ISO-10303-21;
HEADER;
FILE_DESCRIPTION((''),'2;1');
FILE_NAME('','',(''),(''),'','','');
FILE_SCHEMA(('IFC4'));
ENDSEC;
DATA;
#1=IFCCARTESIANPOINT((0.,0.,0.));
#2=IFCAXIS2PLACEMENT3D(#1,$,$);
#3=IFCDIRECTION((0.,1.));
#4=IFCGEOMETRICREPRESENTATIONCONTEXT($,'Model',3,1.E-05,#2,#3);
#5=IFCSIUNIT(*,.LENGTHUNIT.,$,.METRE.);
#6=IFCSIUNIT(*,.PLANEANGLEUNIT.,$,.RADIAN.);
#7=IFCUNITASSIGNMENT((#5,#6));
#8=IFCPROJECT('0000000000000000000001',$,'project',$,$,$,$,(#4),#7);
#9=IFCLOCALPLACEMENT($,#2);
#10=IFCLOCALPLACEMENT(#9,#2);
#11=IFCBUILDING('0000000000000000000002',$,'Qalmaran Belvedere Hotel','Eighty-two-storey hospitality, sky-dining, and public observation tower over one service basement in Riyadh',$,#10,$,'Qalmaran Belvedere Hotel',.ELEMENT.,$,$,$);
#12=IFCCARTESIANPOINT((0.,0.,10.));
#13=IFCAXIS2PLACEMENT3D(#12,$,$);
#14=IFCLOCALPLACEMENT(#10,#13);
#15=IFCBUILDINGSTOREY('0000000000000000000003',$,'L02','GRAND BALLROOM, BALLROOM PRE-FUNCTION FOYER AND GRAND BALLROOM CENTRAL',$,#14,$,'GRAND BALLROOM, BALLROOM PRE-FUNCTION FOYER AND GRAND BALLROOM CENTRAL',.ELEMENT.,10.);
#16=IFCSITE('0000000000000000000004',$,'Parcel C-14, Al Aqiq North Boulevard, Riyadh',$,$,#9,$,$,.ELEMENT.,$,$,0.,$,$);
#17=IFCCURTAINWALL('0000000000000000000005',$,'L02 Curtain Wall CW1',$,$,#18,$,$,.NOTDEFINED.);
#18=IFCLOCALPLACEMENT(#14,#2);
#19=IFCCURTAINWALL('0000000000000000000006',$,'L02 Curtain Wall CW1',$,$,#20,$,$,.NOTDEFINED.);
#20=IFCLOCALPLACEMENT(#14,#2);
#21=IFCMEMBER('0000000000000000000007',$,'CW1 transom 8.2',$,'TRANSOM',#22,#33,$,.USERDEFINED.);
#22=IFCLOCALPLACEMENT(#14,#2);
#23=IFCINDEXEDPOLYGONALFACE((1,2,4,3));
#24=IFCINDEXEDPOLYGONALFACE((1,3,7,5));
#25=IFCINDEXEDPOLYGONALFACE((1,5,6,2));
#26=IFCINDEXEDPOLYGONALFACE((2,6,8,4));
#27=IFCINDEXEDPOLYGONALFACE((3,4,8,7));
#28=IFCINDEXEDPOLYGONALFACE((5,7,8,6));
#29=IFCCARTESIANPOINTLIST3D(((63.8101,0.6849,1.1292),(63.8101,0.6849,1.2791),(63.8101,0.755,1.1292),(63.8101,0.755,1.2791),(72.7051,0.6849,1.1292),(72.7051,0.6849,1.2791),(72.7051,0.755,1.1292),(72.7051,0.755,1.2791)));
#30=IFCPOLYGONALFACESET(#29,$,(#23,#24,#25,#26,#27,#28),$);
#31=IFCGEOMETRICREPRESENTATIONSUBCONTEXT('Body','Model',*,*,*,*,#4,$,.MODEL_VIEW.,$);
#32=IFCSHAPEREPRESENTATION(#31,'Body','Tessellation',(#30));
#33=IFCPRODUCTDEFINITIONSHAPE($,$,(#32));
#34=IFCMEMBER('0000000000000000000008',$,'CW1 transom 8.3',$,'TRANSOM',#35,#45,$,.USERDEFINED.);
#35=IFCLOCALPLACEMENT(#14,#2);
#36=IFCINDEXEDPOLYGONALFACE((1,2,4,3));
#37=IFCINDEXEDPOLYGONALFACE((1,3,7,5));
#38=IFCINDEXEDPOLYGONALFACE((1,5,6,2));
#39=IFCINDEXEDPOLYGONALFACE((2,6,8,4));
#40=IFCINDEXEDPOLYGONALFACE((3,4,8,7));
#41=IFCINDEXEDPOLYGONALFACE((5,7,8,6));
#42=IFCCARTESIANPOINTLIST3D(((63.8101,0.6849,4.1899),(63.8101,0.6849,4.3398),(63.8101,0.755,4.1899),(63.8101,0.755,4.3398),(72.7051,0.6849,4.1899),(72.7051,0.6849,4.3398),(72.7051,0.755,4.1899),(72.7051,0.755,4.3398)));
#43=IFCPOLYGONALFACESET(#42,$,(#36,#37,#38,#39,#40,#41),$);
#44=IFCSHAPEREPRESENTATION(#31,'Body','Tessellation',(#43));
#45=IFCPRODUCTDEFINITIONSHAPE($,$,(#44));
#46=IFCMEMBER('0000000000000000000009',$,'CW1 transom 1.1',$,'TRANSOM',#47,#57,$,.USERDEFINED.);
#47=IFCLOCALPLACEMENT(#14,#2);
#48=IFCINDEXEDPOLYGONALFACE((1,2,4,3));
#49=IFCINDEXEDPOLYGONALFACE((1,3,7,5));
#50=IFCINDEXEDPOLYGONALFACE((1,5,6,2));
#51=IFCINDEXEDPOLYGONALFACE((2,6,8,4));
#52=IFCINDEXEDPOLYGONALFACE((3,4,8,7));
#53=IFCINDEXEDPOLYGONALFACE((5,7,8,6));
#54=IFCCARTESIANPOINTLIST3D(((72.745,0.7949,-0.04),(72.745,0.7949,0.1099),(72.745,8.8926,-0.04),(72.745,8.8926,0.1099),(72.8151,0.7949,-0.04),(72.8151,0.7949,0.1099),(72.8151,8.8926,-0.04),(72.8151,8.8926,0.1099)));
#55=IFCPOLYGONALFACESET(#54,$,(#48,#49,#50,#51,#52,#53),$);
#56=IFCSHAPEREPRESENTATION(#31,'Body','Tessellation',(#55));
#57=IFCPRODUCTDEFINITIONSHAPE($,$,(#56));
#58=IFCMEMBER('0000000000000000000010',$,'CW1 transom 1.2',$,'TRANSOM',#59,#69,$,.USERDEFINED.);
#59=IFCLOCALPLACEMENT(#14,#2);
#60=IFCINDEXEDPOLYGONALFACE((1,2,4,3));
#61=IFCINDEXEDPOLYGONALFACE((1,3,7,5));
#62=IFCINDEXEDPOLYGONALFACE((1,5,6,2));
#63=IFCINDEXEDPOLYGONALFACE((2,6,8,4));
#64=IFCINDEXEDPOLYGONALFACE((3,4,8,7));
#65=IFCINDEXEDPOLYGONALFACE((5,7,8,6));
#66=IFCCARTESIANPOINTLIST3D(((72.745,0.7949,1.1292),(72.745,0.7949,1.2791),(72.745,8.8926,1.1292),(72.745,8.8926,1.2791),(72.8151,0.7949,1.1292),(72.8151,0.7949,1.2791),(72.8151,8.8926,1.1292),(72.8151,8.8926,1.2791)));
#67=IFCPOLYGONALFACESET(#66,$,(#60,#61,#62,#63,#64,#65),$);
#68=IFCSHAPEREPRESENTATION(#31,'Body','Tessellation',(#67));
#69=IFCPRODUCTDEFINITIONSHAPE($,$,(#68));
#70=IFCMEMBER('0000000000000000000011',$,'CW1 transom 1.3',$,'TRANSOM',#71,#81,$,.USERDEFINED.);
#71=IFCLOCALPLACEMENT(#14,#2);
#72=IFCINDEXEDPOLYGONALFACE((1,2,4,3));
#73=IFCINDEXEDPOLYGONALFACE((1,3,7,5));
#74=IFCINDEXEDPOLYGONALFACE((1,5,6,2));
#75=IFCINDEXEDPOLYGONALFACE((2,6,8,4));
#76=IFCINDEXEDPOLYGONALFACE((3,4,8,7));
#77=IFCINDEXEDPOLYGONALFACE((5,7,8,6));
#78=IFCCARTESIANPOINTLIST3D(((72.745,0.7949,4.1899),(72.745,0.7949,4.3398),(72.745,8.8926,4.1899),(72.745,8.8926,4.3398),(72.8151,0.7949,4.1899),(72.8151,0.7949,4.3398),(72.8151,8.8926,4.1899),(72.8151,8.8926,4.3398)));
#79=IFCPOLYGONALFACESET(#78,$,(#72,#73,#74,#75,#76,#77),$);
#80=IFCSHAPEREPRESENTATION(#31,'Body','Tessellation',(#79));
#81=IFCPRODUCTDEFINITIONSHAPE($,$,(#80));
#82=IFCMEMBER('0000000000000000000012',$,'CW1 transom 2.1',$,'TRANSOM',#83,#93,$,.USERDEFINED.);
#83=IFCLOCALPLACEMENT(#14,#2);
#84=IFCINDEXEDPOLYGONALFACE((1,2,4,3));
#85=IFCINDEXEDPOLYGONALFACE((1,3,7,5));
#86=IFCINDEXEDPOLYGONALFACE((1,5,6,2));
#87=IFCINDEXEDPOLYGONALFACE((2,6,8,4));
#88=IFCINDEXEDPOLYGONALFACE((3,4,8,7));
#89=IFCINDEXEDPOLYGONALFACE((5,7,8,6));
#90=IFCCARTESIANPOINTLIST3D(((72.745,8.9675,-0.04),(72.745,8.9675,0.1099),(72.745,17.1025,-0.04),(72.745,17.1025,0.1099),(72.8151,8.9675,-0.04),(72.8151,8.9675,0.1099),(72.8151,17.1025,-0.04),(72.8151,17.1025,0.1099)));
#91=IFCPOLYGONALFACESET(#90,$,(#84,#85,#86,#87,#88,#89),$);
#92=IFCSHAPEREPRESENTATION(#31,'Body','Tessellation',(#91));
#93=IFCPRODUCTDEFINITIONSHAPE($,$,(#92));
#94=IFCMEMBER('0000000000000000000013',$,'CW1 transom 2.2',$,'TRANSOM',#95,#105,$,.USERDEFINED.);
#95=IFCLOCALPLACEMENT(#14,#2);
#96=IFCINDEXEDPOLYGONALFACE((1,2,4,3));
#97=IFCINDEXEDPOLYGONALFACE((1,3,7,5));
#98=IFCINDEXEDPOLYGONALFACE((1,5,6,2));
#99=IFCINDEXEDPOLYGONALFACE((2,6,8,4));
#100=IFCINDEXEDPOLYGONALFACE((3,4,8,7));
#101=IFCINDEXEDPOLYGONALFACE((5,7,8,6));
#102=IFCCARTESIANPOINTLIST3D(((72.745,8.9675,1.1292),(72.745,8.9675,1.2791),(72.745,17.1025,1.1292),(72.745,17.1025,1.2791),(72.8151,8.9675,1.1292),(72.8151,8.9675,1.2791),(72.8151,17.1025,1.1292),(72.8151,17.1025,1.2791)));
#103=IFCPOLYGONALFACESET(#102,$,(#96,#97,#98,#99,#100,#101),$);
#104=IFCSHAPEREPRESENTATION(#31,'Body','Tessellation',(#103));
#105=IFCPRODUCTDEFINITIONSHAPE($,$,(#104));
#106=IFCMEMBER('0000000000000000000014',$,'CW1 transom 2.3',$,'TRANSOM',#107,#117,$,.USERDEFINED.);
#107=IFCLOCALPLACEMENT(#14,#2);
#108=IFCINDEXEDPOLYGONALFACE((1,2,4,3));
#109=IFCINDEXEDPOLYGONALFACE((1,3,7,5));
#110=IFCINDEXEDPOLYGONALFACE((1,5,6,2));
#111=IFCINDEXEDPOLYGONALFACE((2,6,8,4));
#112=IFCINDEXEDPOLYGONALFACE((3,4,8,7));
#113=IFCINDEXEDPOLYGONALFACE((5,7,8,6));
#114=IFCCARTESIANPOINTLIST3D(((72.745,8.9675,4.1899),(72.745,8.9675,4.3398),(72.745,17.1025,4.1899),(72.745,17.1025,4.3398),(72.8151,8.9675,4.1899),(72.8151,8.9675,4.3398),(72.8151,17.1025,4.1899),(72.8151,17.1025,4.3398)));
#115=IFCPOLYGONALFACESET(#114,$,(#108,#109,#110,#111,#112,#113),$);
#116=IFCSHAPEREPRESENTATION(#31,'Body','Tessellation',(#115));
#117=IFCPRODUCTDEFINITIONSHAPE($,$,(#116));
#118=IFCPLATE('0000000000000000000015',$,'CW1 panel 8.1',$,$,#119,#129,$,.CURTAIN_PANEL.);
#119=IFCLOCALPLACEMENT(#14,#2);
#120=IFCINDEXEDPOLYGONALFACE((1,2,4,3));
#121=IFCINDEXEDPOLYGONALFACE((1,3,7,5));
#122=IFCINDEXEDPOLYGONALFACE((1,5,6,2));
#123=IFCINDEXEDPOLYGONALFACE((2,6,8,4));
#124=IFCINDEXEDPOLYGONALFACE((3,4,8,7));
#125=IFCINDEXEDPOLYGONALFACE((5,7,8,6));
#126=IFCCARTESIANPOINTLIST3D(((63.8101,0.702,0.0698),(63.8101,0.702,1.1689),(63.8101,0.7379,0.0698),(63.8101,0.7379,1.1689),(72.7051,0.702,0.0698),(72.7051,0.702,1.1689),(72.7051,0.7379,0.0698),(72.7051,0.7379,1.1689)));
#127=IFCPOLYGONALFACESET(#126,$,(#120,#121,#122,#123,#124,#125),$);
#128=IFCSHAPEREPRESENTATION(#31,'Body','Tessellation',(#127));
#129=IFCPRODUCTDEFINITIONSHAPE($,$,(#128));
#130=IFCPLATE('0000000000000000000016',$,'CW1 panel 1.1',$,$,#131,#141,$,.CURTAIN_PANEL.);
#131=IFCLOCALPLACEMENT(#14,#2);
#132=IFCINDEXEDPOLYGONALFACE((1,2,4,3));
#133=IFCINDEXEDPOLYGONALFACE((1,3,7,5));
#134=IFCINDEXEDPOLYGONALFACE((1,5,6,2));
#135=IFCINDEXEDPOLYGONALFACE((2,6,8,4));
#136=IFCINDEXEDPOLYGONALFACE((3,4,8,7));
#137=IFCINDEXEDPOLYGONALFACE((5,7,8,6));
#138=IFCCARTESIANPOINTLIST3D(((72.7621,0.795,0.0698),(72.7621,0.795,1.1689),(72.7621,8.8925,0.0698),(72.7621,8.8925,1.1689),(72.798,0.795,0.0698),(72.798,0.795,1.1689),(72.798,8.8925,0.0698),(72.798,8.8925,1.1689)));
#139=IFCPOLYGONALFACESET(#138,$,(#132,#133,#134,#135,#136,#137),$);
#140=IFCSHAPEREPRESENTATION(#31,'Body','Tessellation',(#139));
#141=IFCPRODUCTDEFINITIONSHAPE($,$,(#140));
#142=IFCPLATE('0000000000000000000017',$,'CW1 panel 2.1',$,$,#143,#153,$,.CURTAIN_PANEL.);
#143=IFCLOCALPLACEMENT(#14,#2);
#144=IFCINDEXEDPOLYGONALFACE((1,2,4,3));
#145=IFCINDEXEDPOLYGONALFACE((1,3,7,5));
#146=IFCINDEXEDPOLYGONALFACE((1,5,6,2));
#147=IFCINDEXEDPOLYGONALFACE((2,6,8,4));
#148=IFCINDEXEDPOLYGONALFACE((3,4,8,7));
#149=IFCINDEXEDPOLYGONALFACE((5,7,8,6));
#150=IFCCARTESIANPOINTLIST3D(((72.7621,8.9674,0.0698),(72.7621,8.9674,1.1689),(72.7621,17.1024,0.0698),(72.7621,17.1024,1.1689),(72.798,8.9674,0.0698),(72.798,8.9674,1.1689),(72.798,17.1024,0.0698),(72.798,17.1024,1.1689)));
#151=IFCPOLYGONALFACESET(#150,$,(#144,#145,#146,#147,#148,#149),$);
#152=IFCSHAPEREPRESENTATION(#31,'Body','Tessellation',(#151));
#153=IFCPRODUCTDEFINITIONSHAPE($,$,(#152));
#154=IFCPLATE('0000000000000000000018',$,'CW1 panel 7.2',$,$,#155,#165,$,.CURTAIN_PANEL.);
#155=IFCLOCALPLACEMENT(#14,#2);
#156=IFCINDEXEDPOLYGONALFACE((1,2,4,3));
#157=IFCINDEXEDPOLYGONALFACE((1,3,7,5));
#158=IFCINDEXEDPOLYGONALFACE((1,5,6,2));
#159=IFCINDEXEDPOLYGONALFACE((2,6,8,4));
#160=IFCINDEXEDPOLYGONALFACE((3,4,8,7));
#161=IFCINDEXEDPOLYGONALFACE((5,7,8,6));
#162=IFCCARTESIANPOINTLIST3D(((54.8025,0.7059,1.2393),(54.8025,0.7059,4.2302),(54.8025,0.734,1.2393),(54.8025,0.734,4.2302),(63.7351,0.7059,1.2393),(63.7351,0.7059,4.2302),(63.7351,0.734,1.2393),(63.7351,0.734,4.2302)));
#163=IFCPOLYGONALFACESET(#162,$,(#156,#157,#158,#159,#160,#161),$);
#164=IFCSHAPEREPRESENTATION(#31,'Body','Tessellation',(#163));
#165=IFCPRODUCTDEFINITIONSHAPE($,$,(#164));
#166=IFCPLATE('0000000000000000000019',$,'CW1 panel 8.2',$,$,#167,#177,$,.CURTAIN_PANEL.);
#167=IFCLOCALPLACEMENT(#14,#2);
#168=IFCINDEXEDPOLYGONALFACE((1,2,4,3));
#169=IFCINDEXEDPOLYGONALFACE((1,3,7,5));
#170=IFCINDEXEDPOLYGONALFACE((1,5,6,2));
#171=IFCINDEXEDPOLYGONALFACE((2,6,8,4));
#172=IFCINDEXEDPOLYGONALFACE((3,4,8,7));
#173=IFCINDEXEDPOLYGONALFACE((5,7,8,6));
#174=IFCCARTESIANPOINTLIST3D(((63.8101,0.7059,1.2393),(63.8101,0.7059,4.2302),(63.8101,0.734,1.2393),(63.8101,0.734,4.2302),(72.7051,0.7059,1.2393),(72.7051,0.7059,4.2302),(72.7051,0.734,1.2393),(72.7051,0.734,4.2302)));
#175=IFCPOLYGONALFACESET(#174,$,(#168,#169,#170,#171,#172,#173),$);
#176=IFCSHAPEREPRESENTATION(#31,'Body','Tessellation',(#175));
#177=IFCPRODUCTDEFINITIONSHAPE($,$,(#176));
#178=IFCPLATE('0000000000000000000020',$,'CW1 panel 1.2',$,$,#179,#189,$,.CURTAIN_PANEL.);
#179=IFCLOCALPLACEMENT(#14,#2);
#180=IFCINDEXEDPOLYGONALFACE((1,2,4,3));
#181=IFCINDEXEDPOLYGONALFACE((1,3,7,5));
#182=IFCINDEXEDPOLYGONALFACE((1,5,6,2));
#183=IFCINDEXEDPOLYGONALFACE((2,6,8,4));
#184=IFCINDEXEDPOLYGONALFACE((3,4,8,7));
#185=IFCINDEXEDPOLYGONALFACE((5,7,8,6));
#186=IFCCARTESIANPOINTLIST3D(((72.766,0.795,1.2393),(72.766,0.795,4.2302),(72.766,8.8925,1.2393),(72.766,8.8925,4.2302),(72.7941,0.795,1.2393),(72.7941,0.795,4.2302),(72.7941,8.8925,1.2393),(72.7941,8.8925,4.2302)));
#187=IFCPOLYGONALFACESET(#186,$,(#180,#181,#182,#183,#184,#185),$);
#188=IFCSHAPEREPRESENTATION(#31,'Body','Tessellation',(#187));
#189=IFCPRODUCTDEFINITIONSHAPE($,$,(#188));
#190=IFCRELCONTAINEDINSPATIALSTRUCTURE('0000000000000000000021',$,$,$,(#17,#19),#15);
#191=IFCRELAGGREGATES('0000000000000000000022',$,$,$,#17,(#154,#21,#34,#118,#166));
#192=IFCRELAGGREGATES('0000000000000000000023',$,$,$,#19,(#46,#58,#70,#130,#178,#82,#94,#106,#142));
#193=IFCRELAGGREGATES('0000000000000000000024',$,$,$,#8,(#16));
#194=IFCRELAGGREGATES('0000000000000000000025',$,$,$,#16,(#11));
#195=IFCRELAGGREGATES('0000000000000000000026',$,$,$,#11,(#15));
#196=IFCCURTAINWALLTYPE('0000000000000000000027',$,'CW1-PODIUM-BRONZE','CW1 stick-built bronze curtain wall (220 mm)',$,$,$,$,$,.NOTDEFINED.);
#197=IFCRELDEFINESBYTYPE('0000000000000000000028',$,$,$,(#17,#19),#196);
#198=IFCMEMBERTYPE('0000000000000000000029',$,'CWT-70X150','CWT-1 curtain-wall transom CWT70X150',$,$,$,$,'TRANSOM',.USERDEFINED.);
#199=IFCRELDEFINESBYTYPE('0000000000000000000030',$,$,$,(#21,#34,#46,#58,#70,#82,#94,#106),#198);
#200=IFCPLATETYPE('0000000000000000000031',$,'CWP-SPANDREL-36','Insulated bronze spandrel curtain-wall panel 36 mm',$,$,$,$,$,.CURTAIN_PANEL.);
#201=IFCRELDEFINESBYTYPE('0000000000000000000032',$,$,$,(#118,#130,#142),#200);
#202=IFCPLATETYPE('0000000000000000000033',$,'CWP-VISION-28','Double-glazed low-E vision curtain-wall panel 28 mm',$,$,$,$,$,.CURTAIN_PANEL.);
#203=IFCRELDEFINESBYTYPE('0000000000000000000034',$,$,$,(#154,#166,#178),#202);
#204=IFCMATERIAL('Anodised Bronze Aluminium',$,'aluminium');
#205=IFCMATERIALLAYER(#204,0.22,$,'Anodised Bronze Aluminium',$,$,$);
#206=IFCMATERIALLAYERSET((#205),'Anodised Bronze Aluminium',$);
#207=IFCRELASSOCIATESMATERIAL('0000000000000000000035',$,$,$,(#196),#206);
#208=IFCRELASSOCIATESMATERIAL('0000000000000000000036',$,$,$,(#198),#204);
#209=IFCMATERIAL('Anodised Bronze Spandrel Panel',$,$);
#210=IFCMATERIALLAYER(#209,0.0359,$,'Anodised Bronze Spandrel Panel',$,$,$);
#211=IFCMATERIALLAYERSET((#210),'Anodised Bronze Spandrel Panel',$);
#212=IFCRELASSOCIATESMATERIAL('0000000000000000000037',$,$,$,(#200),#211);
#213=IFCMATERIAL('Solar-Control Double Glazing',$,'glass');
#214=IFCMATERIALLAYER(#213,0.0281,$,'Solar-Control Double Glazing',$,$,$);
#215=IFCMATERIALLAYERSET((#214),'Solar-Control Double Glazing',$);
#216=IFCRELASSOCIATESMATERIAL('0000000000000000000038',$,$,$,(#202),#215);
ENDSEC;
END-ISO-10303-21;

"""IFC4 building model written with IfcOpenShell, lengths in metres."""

from ifc_helpers import new_model, si_unit, direction, frame, origin, origin_2d, place, context, subcontext, project, spatial, rectangle, extrude, material, layer, layer_set, material_profile, profile_set, type_object, element, aggregate, save


model = new_model("IFC4")

# Units and contexts
model_context = context("Model", 3, precision=1e-05, world=origin(), true_north=direction((0.0, 1.0)))
body_context = subcontext(model_context, "Body", "Model", "MODEL_VIEW")
ifc_project = project(units=[si_unit("LENGTHUNIT", "METRE"), si_unit("PLANEANGLEUNIT", "RADIAN")], contexts=[model_context])

# Site, building, storey
site_placement = place(None, origin())
site = spatial("IfcSite", under=ifc_project, at=site_placement, Name="Parcel C-14, Al Aqiq North Boulevard, Riyadh", CompositionType="ELEMENT", RefElevation=0.0)
building_placement = place(site_placement, origin())
building = spatial("IfcBuilding", under=site, at=building_placement, Name="Qalmaran Belvedere Hotel", Description="Eighty-two-storey hospitality, sky-dining, and public observation tower over one service basement in Riyadh", LongName="Qalmaran Belvedere Hotel", CompositionType="ELEMENT")
storey_placement = place(building_placement, frame((0.0, 0.0, 10.0)))
storey = spatial("IfcBuildingStorey", under=building, at=storey_placement, Name="L02", Description="GRAND BALLROOM, BALLROOM PRE-FUNCTION FOYER AND GRAND BALLROOM CENTRAL", LongName="GRAND BALLROOM, BALLROOM PRE-FUNCTION FOYER AND GRAND BALLROOM CENTRAL", CompositionType="ELEMENT", Elevation=10.0)

# Curtain walls
ifc_material_1 = material(Name="Anodised Bronze Aluminium", Category="aluminium")
ifc_layer_1 = layer(ifc_material_1, 0.22, Name="Anodised Bronze Aluminium")
ifc_layer_set_1 = layer_set([ifc_layer_1], Name="Anodised Bronze Aluminium")
curtain_wall_type = type_object("IfcCurtainWallType", Name="CW1-PODIUM-BRONZE", Description="CW1 stick-built bronze curtain wall (220 mm)", PredefinedType="NOTDEFINED", material=ifc_layer_set_1)
curtain_wall_1_placement = place(storey_placement, origin())
curtain_wall_1 = element("IfcCurtainWall", 1, at=curtain_wall_1_placement, inside=storey, type_object=curtain_wall_type, Name="L02 Curtain Wall CW1", PredefinedType="NOTDEFINED")
curtain_wall_2_placement = place(storey_placement, origin())
curtain_wall_2 = element("IfcCurtainWall", 2, at=curtain_wall_2_placement, inside=storey, type_object=curtain_wall_type, Name="L02 Curtain Wall CW1", PredefinedType="NOTDEFINED")

# Members
ifc_material_profile_1 = material_profile(ifc_material_1, rectangle(XDim=0.0701, YDim=0.1499, at=origin_2d()), Name="CWT70X150")
ifc_profile_set_1 = profile_set([ifc_material_profile_1], Name="Anodised Bronze Aluminium")
member_type_1 = type_object("IfcMemberType", Name="CWT-70X150", Description="CWT-1 curtain-wall transom CWT70X150", ElementType="TRANSOM", PredefinedType="USERDEFINED", material=ifc_profile_set_1)
member_1_placement = place(storey_placement, frame((63.8101, 0.72, 1.2041), z_axis=(1.0, 0.0, 0.0), x_axis=(0.0, 1.0, 0.0)))
member_1 = element("IfcMember", 3, at=member_1_placement, type_object=member_type_1, Name="CW1 transom 8.2", ObjectType="TRANSOM", PredefinedType="USERDEFINED", context=body_context, shape_type="SweptSolid", body=[
    extrude(rectangle(XDim=0.0701, YDim=0.1499, at=origin_2d()), origin(), (0.0, 0.0, 1.0), 8.895),
])
member_2_placement = place(storey_placement, frame((63.8101, 0.72, 4.2649), z_axis=(1.0, 0.0, 0.0), x_axis=(0.0, 1.0, 0.0)))
member_2 = element("IfcMember", 4, at=member_2_placement, type_object=member_type_1, Name="CW1 transom 8.3", ObjectType="TRANSOM", PredefinedType="USERDEFINED", context=body_context, shape_type="SweptSolid", body=[
    extrude(rectangle(XDim=0.0701, YDim=0.1499, at=origin_2d()), origin(), (0.0, 0.0, 1.0), 8.895),
])
member_3_placement = place(storey_placement, frame((72.78, 0.7949, 0.0349), z_axis=(0.0, 1.0, 0.0), x_axis=(-1.0, 0.0, 0.0)))
member_3 = element("IfcMember", 5, at=member_3_placement, type_object=member_type_1, Name="CW1 transom 1.1", ObjectType="TRANSOM", PredefinedType="USERDEFINED", context=body_context, shape_type="SweptSolid", body=[
    extrude(rectangle(XDim=0.0701, YDim=0.1499, at=origin_2d()), origin(), (0.0, 0.0, 1.0), 8.0977),
])
member_4_placement = place(storey_placement, frame((72.78, 0.7949, 1.2041), z_axis=(0.0, 1.0, 0.0), x_axis=(-1.0, 0.0, 0.0)))
member_4 = element("IfcMember", 6, at=member_4_placement, type_object=member_type_1, Name="CW1 transom 1.2", ObjectType="TRANSOM", PredefinedType="USERDEFINED", context=body_context, shape_type="SweptSolid", body=[
    extrude(rectangle(XDim=0.0701, YDim=0.1499, at=origin_2d()), origin(), (0.0, 0.0, 1.0), 8.0977),
])
member_5_placement = place(storey_placement, frame((72.78, 0.7949, 4.2649), z_axis=(0.0, 1.0, 0.0), x_axis=(-1.0, 0.0, 0.0)))
member_5 = element("IfcMember", 7, at=member_5_placement, type_object=member_type_1, Name="CW1 transom 1.3", ObjectType="TRANSOM", PredefinedType="USERDEFINED", context=body_context, shape_type="SweptSolid", body=[
    extrude(rectangle(XDim=0.0701, YDim=0.1499, at=origin_2d()), origin(), (0.0, 0.0, 1.0), 8.0977),
])
member_6_placement = place(storey_placement, frame((72.78, 8.9675, 0.0349), z_axis=(0.0, 1.0, 0.0), x_axis=(-1.0, 0.0, 0.0)))
member_6 = element("IfcMember", 8, at=member_6_placement, type_object=member_type_1, Name="CW1 transom 2.1", ObjectType="TRANSOM", PredefinedType="USERDEFINED", context=body_context, shape_type="SweptSolid", body=[
    extrude(rectangle(XDim=0.0701, YDim=0.1499, at=origin_2d()), origin(), (0.0, 0.0, 1.0), 8.135),
])
member_7_placement = place(storey_placement, frame((72.78, 8.9675, 1.2041), z_axis=(0.0, 1.0, 0.0), x_axis=(-1.0, 0.0, 0.0)))
member_7 = element("IfcMember", 9, at=member_7_placement, type_object=member_type_1, Name="CW1 transom 2.2", ObjectType="TRANSOM", PredefinedType="USERDEFINED", context=body_context, shape_type="SweptSolid", body=[
    extrude(rectangle(XDim=0.0701, YDim=0.1499, at=origin_2d()), origin(), (0.0, 0.0, 1.0), 8.135),
])
member_8_placement = place(storey_placement, frame((72.78, 8.9675, 4.2649), z_axis=(0.0, 1.0, 0.0), x_axis=(-1.0, 0.0, 0.0)))
member_8 = element("IfcMember", 10, at=member_8_placement, type_object=member_type_1, Name="CW1 transom 2.3", ObjectType="TRANSOM", PredefinedType="USERDEFINED", context=body_context, shape_type="SweptSolid", body=[
    extrude(rectangle(XDim=0.0701, YDim=0.1499, at=origin_2d()), origin(), (0.0, 0.0, 1.0), 8.135),
])

# Plates
ifc_material_2 = material(Name="Anodised Bronze Spandrel Panel")
ifc_layer_2 = layer(ifc_material_2, 0.0359, Name="Anodised Bronze Spandrel Panel")
ifc_layer_set_2 = layer_set([ifc_layer_2], Name="Anodised Bronze Spandrel Panel")
plate_type_1 = type_object("IfcPlateType", Name="CWP-SPANDREL-36", Description="Insulated bronze spandrel curtain-wall panel 36 mm", PredefinedType="CURTAIN_PANEL", material=ifc_layer_set_2)
plate_1_placement = place(storey_placement, frame((68.2576, 0.72, 0.0698), z_axis=(0.0, 0.0, 1.0), x_axis=(1.0, 0.0, 0.0)))
plate_1 = element("IfcPlate", 11, at=plate_1_placement, type_object=plate_type_1, Name="CW1 panel 8.1", PredefinedType="CURTAIN_PANEL", context=body_context, shape_type="SweptSolid", body=[
    extrude(rectangle(XDim=8.895, YDim=0.0359, at=origin_2d()), origin(), (0.0, 0.0, 1.0), 1.0991),
])
plate_2_placement = place(storey_placement, frame((72.78, 4.8438, 0.0698), z_axis=(0.0, 0.0, 1.0), x_axis=(0.0, 1.0, 0.0)))
plate_2 = element("IfcPlate", 12, at=plate_2_placement, type_object=plate_type_1, Name="CW1 panel 1.1", PredefinedType="CURTAIN_PANEL", context=body_context, shape_type="SweptSolid", body=[
    extrude(rectangle(XDim=8.0974, YDim=0.0359, at=origin_2d()), origin(), (0.0, 0.0, 1.0), 1.0991),
])
plate_3_placement = place(storey_placement, frame((72.78, 13.0349, 0.0698), z_axis=(0.0, 0.0, 1.0), x_axis=(0.0, 1.0, 0.0)))
plate_3 = element("IfcPlate", 13, at=plate_3_placement, type_object=plate_type_1, Name="CW1 panel 2.1", PredefinedType="CURTAIN_PANEL", context=body_context, shape_type="SweptSolid", body=[
    extrude(rectangle(XDim=8.135, YDim=0.0359, at=origin_2d()), origin(), (0.0, 0.0, 1.0), 1.0991),
])
ifc_material_3 = material(Name="Solar-Control Double Glazing", Category="glass")
ifc_layer_3 = layer(ifc_material_3, 0.0281, Name="Solar-Control Double Glazing")
ifc_layer_set_3 = layer_set([ifc_layer_3], Name="Solar-Control Double Glazing")
plate_type_2 = type_object("IfcPlateType", Name="CWP-VISION-28", Description="Double-glazed low-E vision curtain-wall panel 28 mm", PredefinedType="CURTAIN_PANEL", material=ifc_layer_set_3)
plate_4_placement = place(storey_placement, frame((59.2688, 0.72, 1.2393), z_axis=(0.0, 0.0, 1.0), x_axis=(1.0, 0.0, 0.0)))
plate_4 = element("IfcPlate", 14, at=plate_4_placement, type_object=plate_type_2, Name="CW1 panel 7.2", PredefinedType="CURTAIN_PANEL", context=body_context, shape_type="SweptSolid", body=[
    extrude(rectangle(XDim=8.9326, YDim=0.0281, at=origin_2d()), origin(), (0.0, 0.0, 1.0), 2.991),
])
plate_5_placement = place(storey_placement, frame((68.2576, 0.72, 1.2393), z_axis=(0.0, 0.0, 1.0), x_axis=(1.0, 0.0, 0.0)))
plate_5 = element("IfcPlate", 15, at=plate_5_placement, type_object=plate_type_2, Name="CW1 panel 8.2", PredefinedType="CURTAIN_PANEL", context=body_context, shape_type="SweptSolid", body=[
    extrude(rectangle(XDim=8.895, YDim=0.0281, at=origin_2d()), origin(), (0.0, 0.0, 1.0), 2.991),
])
aggregate(curtain_wall_1, [plate_4, member_1, member_2, plate_1, plate_5])
plate_6_placement = place(storey_placement, frame((72.78, 4.8438, 1.2393), z_axis=(0.0, 0.0, 1.0), x_axis=(0.0, 1.0, 0.0)))
plate_6 = element("IfcPlate", 16, at=plate_6_placement, type_object=plate_type_2, Name="CW1 panel 1.2", PredefinedType="CURTAIN_PANEL", context=body_context, shape_type="SweptSolid", body=[
    extrude(rectangle(XDim=8.0974, YDim=0.0281, at=origin_2d()), origin(), (0.0, 0.0, 1.0), 2.991),
])
aggregate(curtain_wall_2, [member_3, member_4, member_5, plate_2, plate_6, member_6, member_7, member_8, plate_3])

save(model, "model.ifc")
